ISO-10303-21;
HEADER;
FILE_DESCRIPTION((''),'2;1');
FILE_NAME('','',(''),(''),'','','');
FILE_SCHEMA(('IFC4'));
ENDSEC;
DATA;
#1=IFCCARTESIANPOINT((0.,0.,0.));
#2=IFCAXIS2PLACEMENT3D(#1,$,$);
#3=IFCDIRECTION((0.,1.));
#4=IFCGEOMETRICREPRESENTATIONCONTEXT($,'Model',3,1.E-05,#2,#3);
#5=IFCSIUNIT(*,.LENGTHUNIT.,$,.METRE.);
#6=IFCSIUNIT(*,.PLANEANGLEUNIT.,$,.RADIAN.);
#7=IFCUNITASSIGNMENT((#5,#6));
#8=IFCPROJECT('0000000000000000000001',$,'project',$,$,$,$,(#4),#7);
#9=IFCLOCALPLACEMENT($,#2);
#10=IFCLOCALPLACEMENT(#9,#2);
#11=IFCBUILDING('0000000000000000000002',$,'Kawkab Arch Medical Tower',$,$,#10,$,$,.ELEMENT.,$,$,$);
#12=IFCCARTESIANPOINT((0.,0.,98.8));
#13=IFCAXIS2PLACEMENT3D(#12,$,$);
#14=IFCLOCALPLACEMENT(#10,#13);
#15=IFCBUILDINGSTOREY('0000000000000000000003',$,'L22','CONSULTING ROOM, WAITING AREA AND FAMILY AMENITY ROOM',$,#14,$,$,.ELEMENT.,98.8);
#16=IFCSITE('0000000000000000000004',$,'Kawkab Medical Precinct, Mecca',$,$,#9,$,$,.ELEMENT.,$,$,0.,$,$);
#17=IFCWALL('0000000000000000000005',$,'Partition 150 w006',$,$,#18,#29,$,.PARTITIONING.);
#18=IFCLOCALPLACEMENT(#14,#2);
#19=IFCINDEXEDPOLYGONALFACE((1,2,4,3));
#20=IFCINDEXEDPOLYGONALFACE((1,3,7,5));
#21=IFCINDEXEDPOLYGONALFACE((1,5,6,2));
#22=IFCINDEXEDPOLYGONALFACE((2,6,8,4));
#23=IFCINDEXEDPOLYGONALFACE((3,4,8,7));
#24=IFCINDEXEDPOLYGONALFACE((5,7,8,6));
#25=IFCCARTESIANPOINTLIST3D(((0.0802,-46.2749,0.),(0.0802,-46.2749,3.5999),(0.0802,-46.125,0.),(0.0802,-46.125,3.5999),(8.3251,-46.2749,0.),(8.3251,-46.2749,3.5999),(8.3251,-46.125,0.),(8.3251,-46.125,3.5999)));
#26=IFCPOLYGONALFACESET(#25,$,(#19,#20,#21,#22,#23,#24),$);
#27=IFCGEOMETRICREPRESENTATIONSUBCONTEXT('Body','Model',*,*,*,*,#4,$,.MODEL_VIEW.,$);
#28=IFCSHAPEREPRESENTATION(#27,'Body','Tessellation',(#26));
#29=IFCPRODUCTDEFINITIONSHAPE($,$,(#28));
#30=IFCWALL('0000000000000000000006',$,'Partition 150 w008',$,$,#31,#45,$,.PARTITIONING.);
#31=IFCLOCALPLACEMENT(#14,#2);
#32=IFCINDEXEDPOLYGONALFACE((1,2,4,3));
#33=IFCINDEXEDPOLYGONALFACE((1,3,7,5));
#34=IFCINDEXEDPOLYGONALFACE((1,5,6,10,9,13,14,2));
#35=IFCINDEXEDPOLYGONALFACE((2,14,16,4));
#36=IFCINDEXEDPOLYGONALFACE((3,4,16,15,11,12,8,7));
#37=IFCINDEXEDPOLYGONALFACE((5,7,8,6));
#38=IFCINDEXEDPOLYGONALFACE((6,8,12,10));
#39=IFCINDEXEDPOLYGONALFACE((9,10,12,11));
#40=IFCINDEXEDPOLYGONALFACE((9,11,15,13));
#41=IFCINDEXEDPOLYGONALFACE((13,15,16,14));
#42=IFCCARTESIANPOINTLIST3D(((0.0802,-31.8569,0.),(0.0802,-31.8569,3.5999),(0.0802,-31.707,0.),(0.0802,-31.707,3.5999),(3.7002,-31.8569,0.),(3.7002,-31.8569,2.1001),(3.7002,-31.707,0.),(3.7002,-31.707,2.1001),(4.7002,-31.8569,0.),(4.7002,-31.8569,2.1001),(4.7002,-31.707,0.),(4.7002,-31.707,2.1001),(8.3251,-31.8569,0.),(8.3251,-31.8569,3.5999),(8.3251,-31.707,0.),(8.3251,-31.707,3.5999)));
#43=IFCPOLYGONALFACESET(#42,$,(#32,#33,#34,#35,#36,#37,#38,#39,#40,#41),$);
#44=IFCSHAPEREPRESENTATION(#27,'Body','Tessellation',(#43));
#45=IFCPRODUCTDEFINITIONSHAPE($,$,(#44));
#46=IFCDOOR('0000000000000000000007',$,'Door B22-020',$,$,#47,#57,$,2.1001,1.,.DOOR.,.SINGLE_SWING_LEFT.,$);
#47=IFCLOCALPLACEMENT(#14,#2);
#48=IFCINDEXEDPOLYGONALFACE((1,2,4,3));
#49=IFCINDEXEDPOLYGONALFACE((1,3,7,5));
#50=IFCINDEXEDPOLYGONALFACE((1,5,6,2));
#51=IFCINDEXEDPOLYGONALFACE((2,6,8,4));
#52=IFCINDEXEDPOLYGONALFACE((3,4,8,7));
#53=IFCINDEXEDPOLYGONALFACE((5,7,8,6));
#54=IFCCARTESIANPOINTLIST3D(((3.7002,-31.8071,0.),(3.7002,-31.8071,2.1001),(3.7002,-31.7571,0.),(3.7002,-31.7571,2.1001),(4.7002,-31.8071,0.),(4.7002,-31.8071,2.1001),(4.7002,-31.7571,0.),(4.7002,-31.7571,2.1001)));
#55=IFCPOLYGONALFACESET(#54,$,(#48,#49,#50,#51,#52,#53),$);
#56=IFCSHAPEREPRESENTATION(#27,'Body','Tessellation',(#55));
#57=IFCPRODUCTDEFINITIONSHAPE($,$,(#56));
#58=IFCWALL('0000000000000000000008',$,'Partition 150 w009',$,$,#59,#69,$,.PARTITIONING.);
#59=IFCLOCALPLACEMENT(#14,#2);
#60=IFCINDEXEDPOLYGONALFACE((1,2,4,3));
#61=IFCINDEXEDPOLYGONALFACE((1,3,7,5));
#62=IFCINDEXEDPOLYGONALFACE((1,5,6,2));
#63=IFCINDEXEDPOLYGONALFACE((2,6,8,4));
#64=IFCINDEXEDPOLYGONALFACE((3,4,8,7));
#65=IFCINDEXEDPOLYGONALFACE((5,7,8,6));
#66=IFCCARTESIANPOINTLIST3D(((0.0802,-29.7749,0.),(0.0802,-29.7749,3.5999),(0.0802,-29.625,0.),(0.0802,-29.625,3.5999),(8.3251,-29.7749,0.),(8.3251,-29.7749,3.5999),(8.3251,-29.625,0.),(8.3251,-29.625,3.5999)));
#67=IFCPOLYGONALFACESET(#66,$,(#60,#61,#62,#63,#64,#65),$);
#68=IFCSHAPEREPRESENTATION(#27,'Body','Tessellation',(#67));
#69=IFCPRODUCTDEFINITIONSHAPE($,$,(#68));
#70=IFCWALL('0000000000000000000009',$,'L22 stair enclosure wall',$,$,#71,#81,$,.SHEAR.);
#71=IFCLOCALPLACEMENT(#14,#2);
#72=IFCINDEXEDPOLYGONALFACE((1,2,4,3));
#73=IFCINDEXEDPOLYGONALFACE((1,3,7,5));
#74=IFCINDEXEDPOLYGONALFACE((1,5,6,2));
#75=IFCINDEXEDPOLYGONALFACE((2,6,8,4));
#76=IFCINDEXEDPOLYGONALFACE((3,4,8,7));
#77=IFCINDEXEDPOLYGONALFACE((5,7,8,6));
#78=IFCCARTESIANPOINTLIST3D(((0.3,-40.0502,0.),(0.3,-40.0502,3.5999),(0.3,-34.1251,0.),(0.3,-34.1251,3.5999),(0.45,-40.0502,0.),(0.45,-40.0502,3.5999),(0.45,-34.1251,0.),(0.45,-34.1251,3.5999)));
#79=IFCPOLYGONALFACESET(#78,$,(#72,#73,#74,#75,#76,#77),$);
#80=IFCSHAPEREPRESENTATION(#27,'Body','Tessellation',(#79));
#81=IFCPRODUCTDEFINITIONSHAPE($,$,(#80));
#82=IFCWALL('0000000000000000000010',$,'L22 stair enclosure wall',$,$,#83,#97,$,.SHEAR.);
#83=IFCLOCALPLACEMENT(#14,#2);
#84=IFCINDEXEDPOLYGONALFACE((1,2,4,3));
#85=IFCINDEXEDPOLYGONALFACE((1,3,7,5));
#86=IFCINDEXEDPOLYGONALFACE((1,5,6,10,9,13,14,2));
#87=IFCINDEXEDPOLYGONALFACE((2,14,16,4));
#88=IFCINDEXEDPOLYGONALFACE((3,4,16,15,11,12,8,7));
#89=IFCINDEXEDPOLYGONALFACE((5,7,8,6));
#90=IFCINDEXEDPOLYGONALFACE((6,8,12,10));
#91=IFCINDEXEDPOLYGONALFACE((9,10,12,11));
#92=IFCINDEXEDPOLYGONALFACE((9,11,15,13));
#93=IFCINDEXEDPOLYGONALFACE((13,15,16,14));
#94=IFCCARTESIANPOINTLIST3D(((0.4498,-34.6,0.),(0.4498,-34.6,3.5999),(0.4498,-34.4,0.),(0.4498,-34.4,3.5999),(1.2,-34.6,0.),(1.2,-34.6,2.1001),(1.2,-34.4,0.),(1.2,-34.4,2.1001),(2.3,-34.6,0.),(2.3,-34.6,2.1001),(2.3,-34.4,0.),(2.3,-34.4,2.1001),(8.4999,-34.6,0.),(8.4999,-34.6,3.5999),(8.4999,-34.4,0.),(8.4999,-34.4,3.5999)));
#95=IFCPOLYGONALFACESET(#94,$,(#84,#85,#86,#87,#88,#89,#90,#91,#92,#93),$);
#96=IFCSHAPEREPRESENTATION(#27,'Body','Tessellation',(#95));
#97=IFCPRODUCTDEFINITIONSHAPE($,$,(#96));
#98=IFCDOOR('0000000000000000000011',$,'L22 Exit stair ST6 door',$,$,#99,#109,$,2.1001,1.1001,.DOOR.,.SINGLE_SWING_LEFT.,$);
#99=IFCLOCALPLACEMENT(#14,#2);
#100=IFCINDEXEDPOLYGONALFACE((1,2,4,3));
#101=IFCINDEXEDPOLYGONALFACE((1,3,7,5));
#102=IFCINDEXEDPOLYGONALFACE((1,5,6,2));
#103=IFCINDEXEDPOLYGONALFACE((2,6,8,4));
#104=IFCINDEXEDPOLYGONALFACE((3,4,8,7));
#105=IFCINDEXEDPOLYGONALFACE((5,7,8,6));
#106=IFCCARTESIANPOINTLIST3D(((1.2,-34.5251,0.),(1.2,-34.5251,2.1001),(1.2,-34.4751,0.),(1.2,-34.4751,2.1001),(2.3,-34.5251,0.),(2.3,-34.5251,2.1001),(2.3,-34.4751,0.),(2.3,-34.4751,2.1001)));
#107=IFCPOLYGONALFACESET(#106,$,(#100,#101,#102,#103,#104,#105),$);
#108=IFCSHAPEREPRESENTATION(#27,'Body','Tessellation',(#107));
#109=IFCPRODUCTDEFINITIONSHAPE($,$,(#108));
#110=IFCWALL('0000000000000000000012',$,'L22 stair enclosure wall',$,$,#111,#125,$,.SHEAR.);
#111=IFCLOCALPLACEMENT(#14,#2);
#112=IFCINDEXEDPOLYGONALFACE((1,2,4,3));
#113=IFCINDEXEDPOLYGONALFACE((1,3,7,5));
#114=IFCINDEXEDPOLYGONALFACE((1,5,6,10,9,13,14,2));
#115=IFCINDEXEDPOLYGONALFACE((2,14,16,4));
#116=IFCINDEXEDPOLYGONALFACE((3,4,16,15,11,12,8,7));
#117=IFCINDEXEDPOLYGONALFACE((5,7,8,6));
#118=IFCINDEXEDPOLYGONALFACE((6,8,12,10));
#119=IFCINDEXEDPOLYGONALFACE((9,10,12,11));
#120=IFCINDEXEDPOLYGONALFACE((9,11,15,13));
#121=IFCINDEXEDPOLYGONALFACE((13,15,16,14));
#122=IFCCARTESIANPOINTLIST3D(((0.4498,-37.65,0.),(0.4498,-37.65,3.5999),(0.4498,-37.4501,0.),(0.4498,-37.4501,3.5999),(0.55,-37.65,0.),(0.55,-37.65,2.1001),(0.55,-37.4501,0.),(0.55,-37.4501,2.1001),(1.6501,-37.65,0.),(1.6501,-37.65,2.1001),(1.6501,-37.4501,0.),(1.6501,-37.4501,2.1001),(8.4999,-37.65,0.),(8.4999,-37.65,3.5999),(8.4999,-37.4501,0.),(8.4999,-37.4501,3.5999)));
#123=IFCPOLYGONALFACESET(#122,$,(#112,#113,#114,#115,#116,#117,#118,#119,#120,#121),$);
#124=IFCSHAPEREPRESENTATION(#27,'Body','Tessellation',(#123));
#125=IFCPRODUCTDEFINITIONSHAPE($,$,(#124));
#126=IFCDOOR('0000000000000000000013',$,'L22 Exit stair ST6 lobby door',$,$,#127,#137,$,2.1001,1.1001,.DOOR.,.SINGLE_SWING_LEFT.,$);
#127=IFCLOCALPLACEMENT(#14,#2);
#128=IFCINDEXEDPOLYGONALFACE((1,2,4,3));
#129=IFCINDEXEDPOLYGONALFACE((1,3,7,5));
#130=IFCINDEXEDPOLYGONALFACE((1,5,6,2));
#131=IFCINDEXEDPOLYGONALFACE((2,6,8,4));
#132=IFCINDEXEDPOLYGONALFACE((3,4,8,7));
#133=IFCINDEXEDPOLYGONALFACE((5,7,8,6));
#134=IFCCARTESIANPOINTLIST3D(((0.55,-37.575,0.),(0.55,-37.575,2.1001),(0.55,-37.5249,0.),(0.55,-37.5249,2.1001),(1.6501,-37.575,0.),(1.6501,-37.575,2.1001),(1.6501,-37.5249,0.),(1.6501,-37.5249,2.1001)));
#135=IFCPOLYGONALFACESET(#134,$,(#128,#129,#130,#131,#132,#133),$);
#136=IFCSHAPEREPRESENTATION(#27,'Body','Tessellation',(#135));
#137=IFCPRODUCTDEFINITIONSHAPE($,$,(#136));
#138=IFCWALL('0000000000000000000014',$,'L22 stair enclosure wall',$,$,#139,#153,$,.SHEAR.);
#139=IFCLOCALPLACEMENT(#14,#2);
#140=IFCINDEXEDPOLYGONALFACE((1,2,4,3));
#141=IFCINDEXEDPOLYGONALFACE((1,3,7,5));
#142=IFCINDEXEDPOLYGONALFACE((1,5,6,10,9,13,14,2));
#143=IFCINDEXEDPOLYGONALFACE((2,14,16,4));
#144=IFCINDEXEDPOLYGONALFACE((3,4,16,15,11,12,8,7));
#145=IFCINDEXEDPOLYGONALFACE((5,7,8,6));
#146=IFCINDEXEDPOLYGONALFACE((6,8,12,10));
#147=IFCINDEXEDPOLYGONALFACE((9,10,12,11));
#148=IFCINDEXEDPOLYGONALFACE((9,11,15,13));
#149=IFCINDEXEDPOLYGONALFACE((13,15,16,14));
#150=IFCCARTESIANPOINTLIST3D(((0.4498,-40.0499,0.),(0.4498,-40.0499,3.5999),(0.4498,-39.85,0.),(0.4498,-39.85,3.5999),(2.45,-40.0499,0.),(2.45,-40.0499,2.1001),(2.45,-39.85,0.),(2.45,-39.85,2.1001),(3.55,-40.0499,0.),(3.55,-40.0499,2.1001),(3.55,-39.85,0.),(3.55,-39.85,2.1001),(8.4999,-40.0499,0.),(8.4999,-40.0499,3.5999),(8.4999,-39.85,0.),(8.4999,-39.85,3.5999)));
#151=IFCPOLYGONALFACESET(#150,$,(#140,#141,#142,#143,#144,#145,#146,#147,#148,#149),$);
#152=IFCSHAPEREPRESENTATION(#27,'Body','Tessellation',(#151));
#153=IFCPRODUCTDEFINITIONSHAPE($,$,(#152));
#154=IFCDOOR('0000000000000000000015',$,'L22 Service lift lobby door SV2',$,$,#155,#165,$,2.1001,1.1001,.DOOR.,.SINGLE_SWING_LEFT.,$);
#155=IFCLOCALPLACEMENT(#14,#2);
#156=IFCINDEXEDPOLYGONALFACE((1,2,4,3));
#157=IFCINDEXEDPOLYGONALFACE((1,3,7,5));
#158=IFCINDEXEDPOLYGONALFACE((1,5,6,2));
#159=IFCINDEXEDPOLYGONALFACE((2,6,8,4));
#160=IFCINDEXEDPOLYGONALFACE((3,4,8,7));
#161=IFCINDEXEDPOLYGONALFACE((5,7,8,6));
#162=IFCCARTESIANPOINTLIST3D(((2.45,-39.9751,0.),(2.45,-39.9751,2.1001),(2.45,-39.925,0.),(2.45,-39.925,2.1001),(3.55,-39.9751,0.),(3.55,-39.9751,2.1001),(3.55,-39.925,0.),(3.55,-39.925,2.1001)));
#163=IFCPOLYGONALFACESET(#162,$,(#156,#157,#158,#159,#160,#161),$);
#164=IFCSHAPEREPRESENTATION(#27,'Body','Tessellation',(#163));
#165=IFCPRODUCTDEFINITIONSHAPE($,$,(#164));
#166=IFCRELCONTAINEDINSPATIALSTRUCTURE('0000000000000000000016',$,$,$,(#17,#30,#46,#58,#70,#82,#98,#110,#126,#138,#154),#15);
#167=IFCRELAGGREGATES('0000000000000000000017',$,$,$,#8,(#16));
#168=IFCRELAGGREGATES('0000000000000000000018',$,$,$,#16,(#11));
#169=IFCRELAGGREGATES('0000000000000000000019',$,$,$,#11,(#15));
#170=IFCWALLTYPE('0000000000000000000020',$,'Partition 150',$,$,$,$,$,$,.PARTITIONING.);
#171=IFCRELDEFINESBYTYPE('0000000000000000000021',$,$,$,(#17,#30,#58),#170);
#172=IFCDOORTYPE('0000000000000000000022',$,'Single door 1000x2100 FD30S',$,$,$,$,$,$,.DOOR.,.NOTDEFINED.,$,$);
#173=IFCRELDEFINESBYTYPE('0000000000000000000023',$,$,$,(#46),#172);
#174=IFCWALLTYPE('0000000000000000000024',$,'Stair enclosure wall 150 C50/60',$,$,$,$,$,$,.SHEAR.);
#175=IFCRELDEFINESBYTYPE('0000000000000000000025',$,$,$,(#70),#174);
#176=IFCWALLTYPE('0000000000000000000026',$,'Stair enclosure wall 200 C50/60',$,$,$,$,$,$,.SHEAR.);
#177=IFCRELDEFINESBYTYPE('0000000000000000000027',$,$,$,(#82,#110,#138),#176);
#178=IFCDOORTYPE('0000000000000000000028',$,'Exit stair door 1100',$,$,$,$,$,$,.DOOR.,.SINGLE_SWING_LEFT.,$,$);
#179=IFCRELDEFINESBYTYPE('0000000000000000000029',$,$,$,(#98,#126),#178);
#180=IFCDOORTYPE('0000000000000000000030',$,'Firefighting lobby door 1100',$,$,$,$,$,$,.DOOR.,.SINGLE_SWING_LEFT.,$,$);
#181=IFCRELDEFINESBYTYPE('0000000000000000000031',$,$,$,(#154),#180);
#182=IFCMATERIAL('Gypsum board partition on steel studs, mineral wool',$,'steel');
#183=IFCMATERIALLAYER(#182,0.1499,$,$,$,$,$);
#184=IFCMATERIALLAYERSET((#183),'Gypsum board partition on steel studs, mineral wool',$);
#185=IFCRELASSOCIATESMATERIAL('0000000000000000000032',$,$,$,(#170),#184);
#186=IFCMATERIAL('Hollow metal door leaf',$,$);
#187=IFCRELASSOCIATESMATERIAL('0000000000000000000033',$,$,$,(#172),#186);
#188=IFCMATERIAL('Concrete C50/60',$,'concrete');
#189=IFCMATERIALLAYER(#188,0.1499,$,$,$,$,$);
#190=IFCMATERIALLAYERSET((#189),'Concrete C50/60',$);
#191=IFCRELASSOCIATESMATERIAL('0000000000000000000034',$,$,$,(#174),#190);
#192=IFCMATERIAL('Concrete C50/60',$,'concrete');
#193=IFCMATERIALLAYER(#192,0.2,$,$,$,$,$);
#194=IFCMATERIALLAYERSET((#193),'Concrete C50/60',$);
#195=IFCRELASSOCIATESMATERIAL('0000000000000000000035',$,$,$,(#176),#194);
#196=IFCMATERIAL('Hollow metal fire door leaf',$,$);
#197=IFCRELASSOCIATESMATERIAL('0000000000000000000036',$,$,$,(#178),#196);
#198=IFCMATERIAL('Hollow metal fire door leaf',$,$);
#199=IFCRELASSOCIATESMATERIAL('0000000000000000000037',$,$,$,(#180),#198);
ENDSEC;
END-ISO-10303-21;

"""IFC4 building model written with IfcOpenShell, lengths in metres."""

from ifc_helpers import new_model, si_unit, direction, frame, frame_2d, origin, place, context, subcontext, project, spatial, rectangle, extrude, material, layer, layer_set, type_object, element, fill, save


model = new_model("IFC4")

# Units and contexts
model_context = context("Model", 3, precision=1e-05, world=origin(), true_north=direction((0.0, 1.0)))
body_context = subcontext(model_context, "Body", "Model", "MODEL_VIEW")
ifc_project = project(units=[si_unit("LENGTHUNIT", "METRE"), si_unit("PLANEANGLEUNIT", "RADIAN")], contexts=[model_context])

# Site, building, storey
site_placement = place(None, origin())
site = spatial("IfcSite", under=ifc_project, at=site_placement, Name="Kawkab Medical Precinct, Mecca", CompositionType="ELEMENT", RefElevation=0.0)
building_placement = place(site_placement, origin())
building = spatial("IfcBuilding", under=site, at=building_placement, Name="Kawkab Arch Medical Tower", CompositionType="ELEMENT")
storey_placement = place(building_placement, frame((0.0, 0.0, 98.8)))
storey = spatial("IfcBuildingStorey", under=building, at=storey_placement, Name="L22", Description="CONSULTING ROOM, WAITING AREA AND FAMILY AMENITY ROOM", CompositionType="ELEMENT", Elevation=98.8)

# Wall
ifc_material_1 = material(Name="Gypsum board partition on steel studs, mineral wool", Category="steel")
ifc_layer_1 = layer(ifc_material_1, 0.1499)
ifc_layer_set_1 = layer_set([ifc_layer_1], Name="Gypsum board partition on steel studs, mineral wool")
wall_type_1 = type_object("IfcWallType", Name="Partition 150", PredefinedType="PARTITIONING", material=ifc_layer_set_1)
wall_1_placement = place(storey_placement, frame((0.0801, -46.2, 0.0), z_axis=(0.0, 0.0, 1.0), x_axis=(1.0, 0.0, 0.0)))
element("IfcWall", 1, at=wall_1_placement, inside=storey, type_object=wall_type_1, Name="Partition 150 w006", PredefinedType="PARTITIONING", context=body_context, shape_type="SweptSolid", body=[
    extrude(rectangle(XDim=8.2449, YDim=0.1499, at=frame_2d((4.1226, 0.0))), origin(), (0.0, 0.0, 1.0), 3.5999),
])

# Wall, opening, door
wall_2_placement = place(storey_placement, frame((0.0801, -31.782, 0.0), z_axis=(0.0, 0.0, 1.0), x_axis=(1.0, 0.0, 0.0)))
wall_2 = element("IfcWall", 2, at=wall_2_placement, inside=storey, type_object=wall_type_1, Name="Partition 150 w008", PredefinedType="PARTITIONING", context=body_context, shape_type="SweptSolid", body=[
    extrude(rectangle(XDim=8.2449, YDim=0.1499, at=frame_2d((4.1226, 0.0))), origin(), (0.0, 0.0, 1.0), 3.5999),
])
opening_1_placement = place(wall_2_placement, frame((3.6201, 0.0, 0.0)))
opening_1 = element("IfcOpeningElement", 3, at=opening_1_placement, cuts=wall_2, PredefinedType="OPENING", context=body_context, shape_type="SweptSolid", body=[
    extrude(rectangle(XDim=1.0, YDim=2.1001, at=frame_2d((0.5, 1.05))), frame((0.0, 0.085, 0.0), z_axis=(0.0, -1.0, 0.0), x_axis=(1.0, 0.0, 0.0)), (0.0, 0.0, 1.0), 0.1699),
])
ifc_material_2 = material(Name="Hollow metal door leaf")
door_type_1 = type_object("IfcDoorType", Name="Single door 1000x2100 FD30S", OperationType="NOTDEFINED", PredefinedType="DOOR", material=ifc_material_2)
door_1_placement = place(opening_1_placement, origin())
door_1 = element("IfcDoor", 4, at=door_1_placement, inside=storey, type_object=door_type_1, Name="Door B22-020", OperationType="SINGLE_SWING_LEFT", OverallHeight=2.1001, OverallWidth=1.0, PredefinedType="DOOR", context=body_context, shape_type="SweptSolid", body=[
    extrude(rectangle(XDim=1.0, YDim=2.1001, at=frame_2d((0.5, 1.05))), frame((0.0, 0.0249, 0.0), z_axis=(0.0, -1.0, 0.0), x_axis=(1.0, 0.0, 0.0)), (0.0, 0.0, 1.0), 0.05),
])
fill(opening_1, door_1)

# Walls
wall_3_placement = place(storey_placement, frame((0.0801, -29.7, 0.0), z_axis=(0.0, 0.0, 1.0), x_axis=(1.0, 0.0, 0.0)))
element("IfcWall", 5, at=wall_3_placement, inside=storey, type_object=wall_type_1, Name="Partition 150 w009", PredefinedType="PARTITIONING", context=body_context, shape_type="SweptSolid", body=[
    extrude(rectangle(XDim=8.2449, YDim=0.1499, at=frame_2d((4.1226, 0.0))), origin(), (0.0, 0.0, 1.0), 3.5999),
])
ifc_material_3 = material(Name="Concrete C50/60", Category="concrete")
ifc_layer_2 = layer(ifc_material_3, 0.1499)
ifc_layer_set_2 = layer_set([ifc_layer_2], Name="Concrete C50/60")
wall_type_2 = type_object("IfcWallType", Name="Stair enclosure wall 150 C50/60", PredefinedType="SHEAR", material=ifc_layer_set_2)
wall_4_placement = place(storey_placement, frame((0.375, -40.05, 0.0), z_axis=(0.0, 0.0, 1.0), x_axis=(0.0, 1.0, 0.0)))
element("IfcWall", 6, at=wall_4_placement, inside=storey, type_object=wall_type_2, Name="L22 stair enclosure wall", PredefinedType="SHEAR", context=body_context, shape_type="SweptSolid", body=[
    extrude(rectangle(XDim=5.925, YDim=0.1499, at=frame_2d((2.9624, 0.0))), origin(), (0.0, 0.0, 1.0), 3.5999),
])

# Walls, openings, doors
ifc_material_4 = material(Name="Concrete C50/60", Category="concrete")
ifc_layer_3 = layer(ifc_material_4, 0.2)
ifc_layer_set_3 = layer_set([ifc_layer_3], Name="Concrete C50/60")
wall_type_3 = type_object("IfcWallType", Name="Stair enclosure wall 200 C50/60", PredefinedType="SHEAR", material=ifc_layer_set_3)
wall_5_placement = place(storey_placement, frame((0.45, -34.5, 0.0), z_axis=(0.0, 0.0, 1.0), x_axis=(1.0, 0.0, 0.0)))
wall_5 = element("IfcWall", 7, at=wall_5_placement, inside=storey, type_object=wall_type_3, Name="L22 stair enclosure wall", PredefinedType="SHEAR", context=body_context, shape_type="SweptSolid", body=[
    extrude(rectangle(XDim=8.05, YDim=0.2, at=frame_2d((4.0249, 0.0))), origin(), (0.0, 0.0, 1.0), 3.5999),
])
opening_2_placement = place(wall_5_placement, frame((0.75, 0.0, 0.0)))
opening_2 = element("IfcOpeningElement", 8, at=opening_2_placement, cuts=wall_5, PredefinedType="OPENING", context=body_context, shape_type="SweptSolid", body=[
    extrude(rectangle(XDim=1.1001, YDim=2.1001, at=frame_2d((0.55, 1.05))), frame((0.0, 0.1099, 0.0), z_axis=(0.0, -1.0, 0.0), x_axis=(1.0, 0.0, 0.0)), (0.0, 0.0, 1.0), 0.22),
])
ifc_material_5 = material(Name="Hollow metal fire door leaf")
door_type_2 = type_object("IfcDoorType", Name="Exit stair door 1100", OperationType="SINGLE_SWING_LEFT", PredefinedType="DOOR", material=ifc_material_5)
door_2_placement = place(opening_2_placement, origin())
door_2 = element("IfcDoor", 9, at=door_2_placement, inside=storey, type_object=door_type_2, Name="L22 Exit stair ST6 door", OperationType="SINGLE_SWING_LEFT", OverallHeight=2.1001, OverallWidth=1.1001, PredefinedType="DOOR", context=body_context, shape_type="SweptSolid", body=[
    extrude(rectangle(XDim=1.1001, YDim=2.1001, at=frame_2d((0.55, 1.05))), frame((0.0, 0.0249, 0.0), z_axis=(0.0, -1.0, 0.0), x_axis=(1.0, 0.0, 0.0)), (0.0, 0.0, 1.0), 0.05),
])
fill(opening_2, door_2)
wall_6_placement = place(storey_placement, frame((0.45, -37.55, 0.0), z_axis=(0.0, 0.0, 1.0), x_axis=(1.0, 0.0, 0.0)))
wall_6 = element("IfcWall", 10, at=wall_6_placement, inside=storey, type_object=wall_type_3, Name="L22 stair enclosure wall", PredefinedType="SHEAR", context=body_context, shape_type="SweptSolid", body=[
    extrude(rectangle(XDim=8.05, YDim=0.2, at=frame_2d((4.0249, 0.0))), origin(), (0.0, 0.0, 1.0), 3.5999),
])
opening_3_placement = place(wall_6_placement, frame((0.1001, 0.0, 0.0)))
opening_3 = element("IfcOpeningElement", 11, at=opening_3_placement, cuts=wall_6, PredefinedType="OPENING", context=body_context, shape_type="SweptSolid", body=[
    extrude(rectangle(XDim=1.1001, YDim=2.1001, at=frame_2d((0.55, 1.05))), frame((0.0, 0.1099, 0.0), z_axis=(0.0, -1.0, 0.0), x_axis=(1.0, 0.0, 0.0)), (0.0, 0.0, 1.0), 0.22),
])
door_3_placement = place(opening_3_placement, frame((1.1001, 0.0, 0.0), z_axis=(0.0, 0.0, 1.0), x_axis=(-1.0, 0.0, 0.0)))
door_3 = element("IfcDoor", 12, at=door_3_placement, inside=storey, type_object=door_type_2, Name="L22 Exit stair ST6 lobby door", OperationType="SINGLE_SWING_LEFT", OverallHeight=2.1001, OverallWidth=1.1001, PredefinedType="DOOR", context=body_context, shape_type="SweptSolid", body=[
    extrude(rectangle(XDim=1.1001, YDim=2.1001, at=frame_2d((0.55, 1.05))), frame((0.0, 0.0249, 0.0), z_axis=(0.0, -1.0, 0.0), x_axis=(1.0, 0.0, 0.0)), (0.0, 0.0, 1.0), 0.05),
])
fill(opening_3, door_3)
wall_7_placement = place(storey_placement, frame((0.45, -39.95, 0.0), z_axis=(0.0, 0.0, 1.0), x_axis=(1.0, 0.0, 0.0)))
wall_7 = element("IfcWall", 13, at=wall_7_placement, inside=storey, type_object=wall_type_3, Name="L22 stair enclosure wall", PredefinedType="SHEAR", context=body_context, shape_type="SweptSolid", body=[
    extrude(rectangle(XDim=8.05, YDim=0.2, at=frame_2d((4.0249, 0.0))), origin(), (0.0, 0.0, 1.0), 3.5999),
])
opening_4_placement = place(wall_7_placement, frame((2.0, 0.0, 0.0)))
opening_4 = element("IfcOpeningElement", 14, at=opening_4_placement, cuts=wall_7, PredefinedType="OPENING", context=body_context, shape_type="SweptSolid", body=[
    extrude(rectangle(XDim=1.1001, YDim=2.1001, at=frame_2d((0.55, 1.05))), frame((0.0, 0.1099, 0.0), z_axis=(0.0, -1.0, 0.0), x_axis=(1.0, 0.0, 0.0)), (0.0, 0.0, 1.0), 0.22),
])
ifc_material_6 = material(Name="Hollow metal fire door leaf")
door_type_3 = type_object("IfcDoorType", Name="Firefighting lobby door 1100", OperationType="SINGLE_SWING_LEFT", PredefinedType="DOOR", material=ifc_material_6)
door_4_placement = place(opening_4_placement, origin())
door_4 = element("IfcDoor", 15, at=door_4_placement, inside=storey, type_object=door_type_3, Name="L22 Service lift lobby door SV2", OperationType="SINGLE_SWING_LEFT", OverallHeight=2.1001, OverallWidth=1.1001, PredefinedType="DOOR", context=body_context, shape_type="SweptSolid", body=[
    extrude(rectangle(XDim=1.1001, YDim=2.1001, at=frame_2d((0.55, 1.05))), frame((0.0, 0.0249, 0.0), z_axis=(0.0, -1.0, 0.0), x_axis=(1.0, 0.0, 0.0)), (0.0, 0.0, 1.0), 0.05),
])
fill(opening_4, door_4)

save(model, "model.ifc")
